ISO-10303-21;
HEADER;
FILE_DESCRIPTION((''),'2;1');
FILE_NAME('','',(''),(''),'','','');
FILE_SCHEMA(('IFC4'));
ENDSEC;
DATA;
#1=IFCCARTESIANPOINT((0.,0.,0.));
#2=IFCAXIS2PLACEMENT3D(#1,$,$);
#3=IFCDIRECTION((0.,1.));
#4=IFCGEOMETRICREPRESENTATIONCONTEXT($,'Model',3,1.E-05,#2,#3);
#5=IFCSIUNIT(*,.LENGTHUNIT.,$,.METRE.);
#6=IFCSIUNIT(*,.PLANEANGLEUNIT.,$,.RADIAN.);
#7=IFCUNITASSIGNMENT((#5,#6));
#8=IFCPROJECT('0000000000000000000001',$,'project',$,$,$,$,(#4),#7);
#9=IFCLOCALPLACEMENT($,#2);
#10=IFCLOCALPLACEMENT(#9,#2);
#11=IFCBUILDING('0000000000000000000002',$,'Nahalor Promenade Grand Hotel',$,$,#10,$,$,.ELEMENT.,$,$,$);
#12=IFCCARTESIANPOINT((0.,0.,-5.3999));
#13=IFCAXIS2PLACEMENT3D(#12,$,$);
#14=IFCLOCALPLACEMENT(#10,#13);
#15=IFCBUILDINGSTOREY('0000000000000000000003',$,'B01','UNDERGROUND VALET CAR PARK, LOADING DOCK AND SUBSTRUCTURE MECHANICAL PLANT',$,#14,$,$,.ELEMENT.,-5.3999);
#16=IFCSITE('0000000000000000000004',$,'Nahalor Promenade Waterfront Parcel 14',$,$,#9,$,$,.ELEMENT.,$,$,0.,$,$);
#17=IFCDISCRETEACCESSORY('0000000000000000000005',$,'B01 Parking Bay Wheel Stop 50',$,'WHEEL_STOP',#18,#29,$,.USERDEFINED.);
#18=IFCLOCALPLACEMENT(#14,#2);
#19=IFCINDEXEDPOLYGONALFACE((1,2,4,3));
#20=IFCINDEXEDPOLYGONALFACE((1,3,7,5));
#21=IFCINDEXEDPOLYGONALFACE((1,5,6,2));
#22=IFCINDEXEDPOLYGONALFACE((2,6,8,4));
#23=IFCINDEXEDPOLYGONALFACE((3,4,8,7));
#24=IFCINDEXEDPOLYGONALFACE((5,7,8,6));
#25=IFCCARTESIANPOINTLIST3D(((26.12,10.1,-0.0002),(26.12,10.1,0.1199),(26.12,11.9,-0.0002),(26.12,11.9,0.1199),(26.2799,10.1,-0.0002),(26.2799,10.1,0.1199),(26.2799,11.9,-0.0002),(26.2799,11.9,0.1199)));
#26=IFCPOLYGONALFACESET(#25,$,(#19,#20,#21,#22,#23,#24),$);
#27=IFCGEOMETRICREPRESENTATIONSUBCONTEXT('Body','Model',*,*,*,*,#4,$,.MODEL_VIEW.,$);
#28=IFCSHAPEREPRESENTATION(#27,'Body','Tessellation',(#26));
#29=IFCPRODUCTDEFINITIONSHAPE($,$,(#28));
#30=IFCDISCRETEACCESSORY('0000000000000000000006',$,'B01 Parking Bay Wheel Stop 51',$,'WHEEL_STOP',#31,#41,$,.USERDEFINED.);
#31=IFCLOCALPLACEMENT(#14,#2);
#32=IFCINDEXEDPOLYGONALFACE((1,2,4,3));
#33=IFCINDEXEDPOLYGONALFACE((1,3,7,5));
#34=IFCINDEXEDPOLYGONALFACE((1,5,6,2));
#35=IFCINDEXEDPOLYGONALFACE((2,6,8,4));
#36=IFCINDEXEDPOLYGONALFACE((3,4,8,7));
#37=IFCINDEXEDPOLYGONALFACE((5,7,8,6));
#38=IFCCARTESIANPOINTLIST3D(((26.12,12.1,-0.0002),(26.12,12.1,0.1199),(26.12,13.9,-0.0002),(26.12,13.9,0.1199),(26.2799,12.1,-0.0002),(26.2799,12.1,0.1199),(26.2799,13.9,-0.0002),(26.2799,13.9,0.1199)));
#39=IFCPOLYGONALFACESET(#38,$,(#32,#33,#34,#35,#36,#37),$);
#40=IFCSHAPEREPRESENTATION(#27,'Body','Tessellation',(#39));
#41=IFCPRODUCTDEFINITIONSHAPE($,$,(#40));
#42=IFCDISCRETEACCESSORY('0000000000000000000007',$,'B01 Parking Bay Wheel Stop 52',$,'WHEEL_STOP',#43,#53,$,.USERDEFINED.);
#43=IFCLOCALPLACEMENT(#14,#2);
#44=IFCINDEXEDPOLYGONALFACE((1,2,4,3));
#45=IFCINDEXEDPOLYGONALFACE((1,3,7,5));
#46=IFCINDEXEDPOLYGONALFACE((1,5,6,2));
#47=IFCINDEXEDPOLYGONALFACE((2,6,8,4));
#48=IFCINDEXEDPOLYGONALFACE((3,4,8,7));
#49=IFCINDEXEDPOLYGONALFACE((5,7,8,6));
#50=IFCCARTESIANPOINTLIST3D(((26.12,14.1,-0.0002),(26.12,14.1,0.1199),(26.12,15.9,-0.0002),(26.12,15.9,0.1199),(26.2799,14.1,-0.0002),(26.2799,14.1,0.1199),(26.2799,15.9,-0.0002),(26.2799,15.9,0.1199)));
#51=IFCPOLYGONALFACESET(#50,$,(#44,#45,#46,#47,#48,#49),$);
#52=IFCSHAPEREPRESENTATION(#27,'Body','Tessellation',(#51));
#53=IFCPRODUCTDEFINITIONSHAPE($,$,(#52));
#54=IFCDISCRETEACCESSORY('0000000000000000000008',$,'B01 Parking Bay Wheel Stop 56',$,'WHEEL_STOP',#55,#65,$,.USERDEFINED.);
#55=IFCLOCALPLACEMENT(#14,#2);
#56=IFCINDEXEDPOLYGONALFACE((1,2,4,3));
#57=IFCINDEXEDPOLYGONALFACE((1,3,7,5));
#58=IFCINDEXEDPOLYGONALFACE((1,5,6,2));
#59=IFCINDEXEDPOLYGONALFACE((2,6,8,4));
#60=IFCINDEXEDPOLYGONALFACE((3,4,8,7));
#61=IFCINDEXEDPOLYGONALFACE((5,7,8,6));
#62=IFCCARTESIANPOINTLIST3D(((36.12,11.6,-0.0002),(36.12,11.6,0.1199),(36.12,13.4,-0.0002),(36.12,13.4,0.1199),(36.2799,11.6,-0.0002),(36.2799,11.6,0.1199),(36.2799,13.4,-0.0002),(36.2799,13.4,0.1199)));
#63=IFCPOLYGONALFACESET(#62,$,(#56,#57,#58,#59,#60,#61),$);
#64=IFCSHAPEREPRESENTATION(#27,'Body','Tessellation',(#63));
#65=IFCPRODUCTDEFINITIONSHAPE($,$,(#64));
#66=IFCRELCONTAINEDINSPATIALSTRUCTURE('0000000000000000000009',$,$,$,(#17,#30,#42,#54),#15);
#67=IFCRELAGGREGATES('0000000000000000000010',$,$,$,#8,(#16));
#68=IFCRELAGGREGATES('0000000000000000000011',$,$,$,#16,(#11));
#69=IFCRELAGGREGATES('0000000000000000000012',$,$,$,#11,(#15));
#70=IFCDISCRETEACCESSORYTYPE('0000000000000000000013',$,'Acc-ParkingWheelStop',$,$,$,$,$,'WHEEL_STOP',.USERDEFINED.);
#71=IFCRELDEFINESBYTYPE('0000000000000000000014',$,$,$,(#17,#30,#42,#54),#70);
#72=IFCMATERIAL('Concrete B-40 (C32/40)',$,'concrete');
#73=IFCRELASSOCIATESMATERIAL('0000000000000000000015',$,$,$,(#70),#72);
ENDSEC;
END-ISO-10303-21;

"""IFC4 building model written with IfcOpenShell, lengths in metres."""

from ifc_helpers import new_model, si_unit, direction, frame, origin, origin_2d, place, context, subcontext, project, spatial, rectangle, extrude, source, transform, mapped, material, type_object, element, save


model = new_model("IFC4")

# Units and contexts
model_context = context("Model", 3, precision=1e-05, world=origin(), true_north=direction((0.0, 1.0)))
body_context = subcontext(model_context, "Body", "Model", "MODEL_VIEW")
ifc_project = project(units=[si_unit("LENGTHUNIT", "METRE"), si_unit("PLANEANGLEUNIT", "RADIAN")], contexts=[model_context])

# Site, building, storey
site_placement = place(None, origin())
site = spatial("IfcSite", under=ifc_project, at=site_placement, Name="Nahalor Promenade Waterfront Parcel 14", CompositionType="ELEMENT", RefElevation=0.0)
building_placement = place(site_placement, origin())
building = spatial("IfcBuilding", under=site, at=building_placement, Name="Nahalor Promenade Grand Hotel", CompositionType="ELEMENT")
storey_placement = place(building_placement, frame((0.0, 0.0, -5.3999)))
storey = spatial("IfcBuildingStorey", under=building, at=storey_placement, Name="B01", Description="UNDERGROUND VALET CAR PARK, LOADING DOCK AND SUBSTRUCTURE MECHANICAL PLANT", CompositionType="ELEMENT", Elevation=-5.3999)

# Discrete accessories
ifc_material_1 = material(Name="Concrete B-40 (C32/40)", Category="concrete")
discrete_accessory_type = type_object("IfcDiscreteAccessoryType", Name="Acc-ParkingWheelStop", ElementType="WHEEL_STOP", PredefinedType="USERDEFINED", material=ifc_material_1)
shared_shape_1 = source(origin(), body_context, "Body", "SweptSolid", [
    extrude(rectangle(XDim=1.8, YDim=0.1599, at=origin_2d()), origin(), (0.0, 0.0, 1.0), 0.1201),
])
for number, where, z_axis, x_axis, name in (
    (1, (26.2, 11.0, -0.0002), (0.0, 0.0, 1.0), (0.0, 1.0, 0.0), "B01 Parking Bay Wheel Stop 50"),
    (2, (26.2, 13.0, -0.0002), (0.0, 0.0, 1.0), (0.0, 1.0, 0.0), "B01 Parking Bay Wheel Stop 51"),
    (3, (26.2, 15.0, -0.0002), (0.0, 0.0, 1.0), (0.0, 1.0, 0.0), "B01 Parking Bay Wheel Stop 52"),
    (4, (36.2, 12.5, -0.0002), (0.0, 0.0, 1.0), (0.0, 1.0, 0.0), "B01 Parking Bay Wheel Stop 56"),
):
    element("IfcDiscreteAccessory", number, at=place(storey_placement, frame(where, z_axis=z_axis, x_axis=x_axis)), inside=storey, type_object=discrete_accessory_type, Name=name, ObjectType="WHEEL_STOP", PredefinedType="USERDEFINED", context=body_context, shape_type="MappedRepresentation", body=[
        mapped(shared_shape_1, transform((0.0, 0.0, 0.0), scale=1.0)),
    ])

save(model, "model.ifc")
